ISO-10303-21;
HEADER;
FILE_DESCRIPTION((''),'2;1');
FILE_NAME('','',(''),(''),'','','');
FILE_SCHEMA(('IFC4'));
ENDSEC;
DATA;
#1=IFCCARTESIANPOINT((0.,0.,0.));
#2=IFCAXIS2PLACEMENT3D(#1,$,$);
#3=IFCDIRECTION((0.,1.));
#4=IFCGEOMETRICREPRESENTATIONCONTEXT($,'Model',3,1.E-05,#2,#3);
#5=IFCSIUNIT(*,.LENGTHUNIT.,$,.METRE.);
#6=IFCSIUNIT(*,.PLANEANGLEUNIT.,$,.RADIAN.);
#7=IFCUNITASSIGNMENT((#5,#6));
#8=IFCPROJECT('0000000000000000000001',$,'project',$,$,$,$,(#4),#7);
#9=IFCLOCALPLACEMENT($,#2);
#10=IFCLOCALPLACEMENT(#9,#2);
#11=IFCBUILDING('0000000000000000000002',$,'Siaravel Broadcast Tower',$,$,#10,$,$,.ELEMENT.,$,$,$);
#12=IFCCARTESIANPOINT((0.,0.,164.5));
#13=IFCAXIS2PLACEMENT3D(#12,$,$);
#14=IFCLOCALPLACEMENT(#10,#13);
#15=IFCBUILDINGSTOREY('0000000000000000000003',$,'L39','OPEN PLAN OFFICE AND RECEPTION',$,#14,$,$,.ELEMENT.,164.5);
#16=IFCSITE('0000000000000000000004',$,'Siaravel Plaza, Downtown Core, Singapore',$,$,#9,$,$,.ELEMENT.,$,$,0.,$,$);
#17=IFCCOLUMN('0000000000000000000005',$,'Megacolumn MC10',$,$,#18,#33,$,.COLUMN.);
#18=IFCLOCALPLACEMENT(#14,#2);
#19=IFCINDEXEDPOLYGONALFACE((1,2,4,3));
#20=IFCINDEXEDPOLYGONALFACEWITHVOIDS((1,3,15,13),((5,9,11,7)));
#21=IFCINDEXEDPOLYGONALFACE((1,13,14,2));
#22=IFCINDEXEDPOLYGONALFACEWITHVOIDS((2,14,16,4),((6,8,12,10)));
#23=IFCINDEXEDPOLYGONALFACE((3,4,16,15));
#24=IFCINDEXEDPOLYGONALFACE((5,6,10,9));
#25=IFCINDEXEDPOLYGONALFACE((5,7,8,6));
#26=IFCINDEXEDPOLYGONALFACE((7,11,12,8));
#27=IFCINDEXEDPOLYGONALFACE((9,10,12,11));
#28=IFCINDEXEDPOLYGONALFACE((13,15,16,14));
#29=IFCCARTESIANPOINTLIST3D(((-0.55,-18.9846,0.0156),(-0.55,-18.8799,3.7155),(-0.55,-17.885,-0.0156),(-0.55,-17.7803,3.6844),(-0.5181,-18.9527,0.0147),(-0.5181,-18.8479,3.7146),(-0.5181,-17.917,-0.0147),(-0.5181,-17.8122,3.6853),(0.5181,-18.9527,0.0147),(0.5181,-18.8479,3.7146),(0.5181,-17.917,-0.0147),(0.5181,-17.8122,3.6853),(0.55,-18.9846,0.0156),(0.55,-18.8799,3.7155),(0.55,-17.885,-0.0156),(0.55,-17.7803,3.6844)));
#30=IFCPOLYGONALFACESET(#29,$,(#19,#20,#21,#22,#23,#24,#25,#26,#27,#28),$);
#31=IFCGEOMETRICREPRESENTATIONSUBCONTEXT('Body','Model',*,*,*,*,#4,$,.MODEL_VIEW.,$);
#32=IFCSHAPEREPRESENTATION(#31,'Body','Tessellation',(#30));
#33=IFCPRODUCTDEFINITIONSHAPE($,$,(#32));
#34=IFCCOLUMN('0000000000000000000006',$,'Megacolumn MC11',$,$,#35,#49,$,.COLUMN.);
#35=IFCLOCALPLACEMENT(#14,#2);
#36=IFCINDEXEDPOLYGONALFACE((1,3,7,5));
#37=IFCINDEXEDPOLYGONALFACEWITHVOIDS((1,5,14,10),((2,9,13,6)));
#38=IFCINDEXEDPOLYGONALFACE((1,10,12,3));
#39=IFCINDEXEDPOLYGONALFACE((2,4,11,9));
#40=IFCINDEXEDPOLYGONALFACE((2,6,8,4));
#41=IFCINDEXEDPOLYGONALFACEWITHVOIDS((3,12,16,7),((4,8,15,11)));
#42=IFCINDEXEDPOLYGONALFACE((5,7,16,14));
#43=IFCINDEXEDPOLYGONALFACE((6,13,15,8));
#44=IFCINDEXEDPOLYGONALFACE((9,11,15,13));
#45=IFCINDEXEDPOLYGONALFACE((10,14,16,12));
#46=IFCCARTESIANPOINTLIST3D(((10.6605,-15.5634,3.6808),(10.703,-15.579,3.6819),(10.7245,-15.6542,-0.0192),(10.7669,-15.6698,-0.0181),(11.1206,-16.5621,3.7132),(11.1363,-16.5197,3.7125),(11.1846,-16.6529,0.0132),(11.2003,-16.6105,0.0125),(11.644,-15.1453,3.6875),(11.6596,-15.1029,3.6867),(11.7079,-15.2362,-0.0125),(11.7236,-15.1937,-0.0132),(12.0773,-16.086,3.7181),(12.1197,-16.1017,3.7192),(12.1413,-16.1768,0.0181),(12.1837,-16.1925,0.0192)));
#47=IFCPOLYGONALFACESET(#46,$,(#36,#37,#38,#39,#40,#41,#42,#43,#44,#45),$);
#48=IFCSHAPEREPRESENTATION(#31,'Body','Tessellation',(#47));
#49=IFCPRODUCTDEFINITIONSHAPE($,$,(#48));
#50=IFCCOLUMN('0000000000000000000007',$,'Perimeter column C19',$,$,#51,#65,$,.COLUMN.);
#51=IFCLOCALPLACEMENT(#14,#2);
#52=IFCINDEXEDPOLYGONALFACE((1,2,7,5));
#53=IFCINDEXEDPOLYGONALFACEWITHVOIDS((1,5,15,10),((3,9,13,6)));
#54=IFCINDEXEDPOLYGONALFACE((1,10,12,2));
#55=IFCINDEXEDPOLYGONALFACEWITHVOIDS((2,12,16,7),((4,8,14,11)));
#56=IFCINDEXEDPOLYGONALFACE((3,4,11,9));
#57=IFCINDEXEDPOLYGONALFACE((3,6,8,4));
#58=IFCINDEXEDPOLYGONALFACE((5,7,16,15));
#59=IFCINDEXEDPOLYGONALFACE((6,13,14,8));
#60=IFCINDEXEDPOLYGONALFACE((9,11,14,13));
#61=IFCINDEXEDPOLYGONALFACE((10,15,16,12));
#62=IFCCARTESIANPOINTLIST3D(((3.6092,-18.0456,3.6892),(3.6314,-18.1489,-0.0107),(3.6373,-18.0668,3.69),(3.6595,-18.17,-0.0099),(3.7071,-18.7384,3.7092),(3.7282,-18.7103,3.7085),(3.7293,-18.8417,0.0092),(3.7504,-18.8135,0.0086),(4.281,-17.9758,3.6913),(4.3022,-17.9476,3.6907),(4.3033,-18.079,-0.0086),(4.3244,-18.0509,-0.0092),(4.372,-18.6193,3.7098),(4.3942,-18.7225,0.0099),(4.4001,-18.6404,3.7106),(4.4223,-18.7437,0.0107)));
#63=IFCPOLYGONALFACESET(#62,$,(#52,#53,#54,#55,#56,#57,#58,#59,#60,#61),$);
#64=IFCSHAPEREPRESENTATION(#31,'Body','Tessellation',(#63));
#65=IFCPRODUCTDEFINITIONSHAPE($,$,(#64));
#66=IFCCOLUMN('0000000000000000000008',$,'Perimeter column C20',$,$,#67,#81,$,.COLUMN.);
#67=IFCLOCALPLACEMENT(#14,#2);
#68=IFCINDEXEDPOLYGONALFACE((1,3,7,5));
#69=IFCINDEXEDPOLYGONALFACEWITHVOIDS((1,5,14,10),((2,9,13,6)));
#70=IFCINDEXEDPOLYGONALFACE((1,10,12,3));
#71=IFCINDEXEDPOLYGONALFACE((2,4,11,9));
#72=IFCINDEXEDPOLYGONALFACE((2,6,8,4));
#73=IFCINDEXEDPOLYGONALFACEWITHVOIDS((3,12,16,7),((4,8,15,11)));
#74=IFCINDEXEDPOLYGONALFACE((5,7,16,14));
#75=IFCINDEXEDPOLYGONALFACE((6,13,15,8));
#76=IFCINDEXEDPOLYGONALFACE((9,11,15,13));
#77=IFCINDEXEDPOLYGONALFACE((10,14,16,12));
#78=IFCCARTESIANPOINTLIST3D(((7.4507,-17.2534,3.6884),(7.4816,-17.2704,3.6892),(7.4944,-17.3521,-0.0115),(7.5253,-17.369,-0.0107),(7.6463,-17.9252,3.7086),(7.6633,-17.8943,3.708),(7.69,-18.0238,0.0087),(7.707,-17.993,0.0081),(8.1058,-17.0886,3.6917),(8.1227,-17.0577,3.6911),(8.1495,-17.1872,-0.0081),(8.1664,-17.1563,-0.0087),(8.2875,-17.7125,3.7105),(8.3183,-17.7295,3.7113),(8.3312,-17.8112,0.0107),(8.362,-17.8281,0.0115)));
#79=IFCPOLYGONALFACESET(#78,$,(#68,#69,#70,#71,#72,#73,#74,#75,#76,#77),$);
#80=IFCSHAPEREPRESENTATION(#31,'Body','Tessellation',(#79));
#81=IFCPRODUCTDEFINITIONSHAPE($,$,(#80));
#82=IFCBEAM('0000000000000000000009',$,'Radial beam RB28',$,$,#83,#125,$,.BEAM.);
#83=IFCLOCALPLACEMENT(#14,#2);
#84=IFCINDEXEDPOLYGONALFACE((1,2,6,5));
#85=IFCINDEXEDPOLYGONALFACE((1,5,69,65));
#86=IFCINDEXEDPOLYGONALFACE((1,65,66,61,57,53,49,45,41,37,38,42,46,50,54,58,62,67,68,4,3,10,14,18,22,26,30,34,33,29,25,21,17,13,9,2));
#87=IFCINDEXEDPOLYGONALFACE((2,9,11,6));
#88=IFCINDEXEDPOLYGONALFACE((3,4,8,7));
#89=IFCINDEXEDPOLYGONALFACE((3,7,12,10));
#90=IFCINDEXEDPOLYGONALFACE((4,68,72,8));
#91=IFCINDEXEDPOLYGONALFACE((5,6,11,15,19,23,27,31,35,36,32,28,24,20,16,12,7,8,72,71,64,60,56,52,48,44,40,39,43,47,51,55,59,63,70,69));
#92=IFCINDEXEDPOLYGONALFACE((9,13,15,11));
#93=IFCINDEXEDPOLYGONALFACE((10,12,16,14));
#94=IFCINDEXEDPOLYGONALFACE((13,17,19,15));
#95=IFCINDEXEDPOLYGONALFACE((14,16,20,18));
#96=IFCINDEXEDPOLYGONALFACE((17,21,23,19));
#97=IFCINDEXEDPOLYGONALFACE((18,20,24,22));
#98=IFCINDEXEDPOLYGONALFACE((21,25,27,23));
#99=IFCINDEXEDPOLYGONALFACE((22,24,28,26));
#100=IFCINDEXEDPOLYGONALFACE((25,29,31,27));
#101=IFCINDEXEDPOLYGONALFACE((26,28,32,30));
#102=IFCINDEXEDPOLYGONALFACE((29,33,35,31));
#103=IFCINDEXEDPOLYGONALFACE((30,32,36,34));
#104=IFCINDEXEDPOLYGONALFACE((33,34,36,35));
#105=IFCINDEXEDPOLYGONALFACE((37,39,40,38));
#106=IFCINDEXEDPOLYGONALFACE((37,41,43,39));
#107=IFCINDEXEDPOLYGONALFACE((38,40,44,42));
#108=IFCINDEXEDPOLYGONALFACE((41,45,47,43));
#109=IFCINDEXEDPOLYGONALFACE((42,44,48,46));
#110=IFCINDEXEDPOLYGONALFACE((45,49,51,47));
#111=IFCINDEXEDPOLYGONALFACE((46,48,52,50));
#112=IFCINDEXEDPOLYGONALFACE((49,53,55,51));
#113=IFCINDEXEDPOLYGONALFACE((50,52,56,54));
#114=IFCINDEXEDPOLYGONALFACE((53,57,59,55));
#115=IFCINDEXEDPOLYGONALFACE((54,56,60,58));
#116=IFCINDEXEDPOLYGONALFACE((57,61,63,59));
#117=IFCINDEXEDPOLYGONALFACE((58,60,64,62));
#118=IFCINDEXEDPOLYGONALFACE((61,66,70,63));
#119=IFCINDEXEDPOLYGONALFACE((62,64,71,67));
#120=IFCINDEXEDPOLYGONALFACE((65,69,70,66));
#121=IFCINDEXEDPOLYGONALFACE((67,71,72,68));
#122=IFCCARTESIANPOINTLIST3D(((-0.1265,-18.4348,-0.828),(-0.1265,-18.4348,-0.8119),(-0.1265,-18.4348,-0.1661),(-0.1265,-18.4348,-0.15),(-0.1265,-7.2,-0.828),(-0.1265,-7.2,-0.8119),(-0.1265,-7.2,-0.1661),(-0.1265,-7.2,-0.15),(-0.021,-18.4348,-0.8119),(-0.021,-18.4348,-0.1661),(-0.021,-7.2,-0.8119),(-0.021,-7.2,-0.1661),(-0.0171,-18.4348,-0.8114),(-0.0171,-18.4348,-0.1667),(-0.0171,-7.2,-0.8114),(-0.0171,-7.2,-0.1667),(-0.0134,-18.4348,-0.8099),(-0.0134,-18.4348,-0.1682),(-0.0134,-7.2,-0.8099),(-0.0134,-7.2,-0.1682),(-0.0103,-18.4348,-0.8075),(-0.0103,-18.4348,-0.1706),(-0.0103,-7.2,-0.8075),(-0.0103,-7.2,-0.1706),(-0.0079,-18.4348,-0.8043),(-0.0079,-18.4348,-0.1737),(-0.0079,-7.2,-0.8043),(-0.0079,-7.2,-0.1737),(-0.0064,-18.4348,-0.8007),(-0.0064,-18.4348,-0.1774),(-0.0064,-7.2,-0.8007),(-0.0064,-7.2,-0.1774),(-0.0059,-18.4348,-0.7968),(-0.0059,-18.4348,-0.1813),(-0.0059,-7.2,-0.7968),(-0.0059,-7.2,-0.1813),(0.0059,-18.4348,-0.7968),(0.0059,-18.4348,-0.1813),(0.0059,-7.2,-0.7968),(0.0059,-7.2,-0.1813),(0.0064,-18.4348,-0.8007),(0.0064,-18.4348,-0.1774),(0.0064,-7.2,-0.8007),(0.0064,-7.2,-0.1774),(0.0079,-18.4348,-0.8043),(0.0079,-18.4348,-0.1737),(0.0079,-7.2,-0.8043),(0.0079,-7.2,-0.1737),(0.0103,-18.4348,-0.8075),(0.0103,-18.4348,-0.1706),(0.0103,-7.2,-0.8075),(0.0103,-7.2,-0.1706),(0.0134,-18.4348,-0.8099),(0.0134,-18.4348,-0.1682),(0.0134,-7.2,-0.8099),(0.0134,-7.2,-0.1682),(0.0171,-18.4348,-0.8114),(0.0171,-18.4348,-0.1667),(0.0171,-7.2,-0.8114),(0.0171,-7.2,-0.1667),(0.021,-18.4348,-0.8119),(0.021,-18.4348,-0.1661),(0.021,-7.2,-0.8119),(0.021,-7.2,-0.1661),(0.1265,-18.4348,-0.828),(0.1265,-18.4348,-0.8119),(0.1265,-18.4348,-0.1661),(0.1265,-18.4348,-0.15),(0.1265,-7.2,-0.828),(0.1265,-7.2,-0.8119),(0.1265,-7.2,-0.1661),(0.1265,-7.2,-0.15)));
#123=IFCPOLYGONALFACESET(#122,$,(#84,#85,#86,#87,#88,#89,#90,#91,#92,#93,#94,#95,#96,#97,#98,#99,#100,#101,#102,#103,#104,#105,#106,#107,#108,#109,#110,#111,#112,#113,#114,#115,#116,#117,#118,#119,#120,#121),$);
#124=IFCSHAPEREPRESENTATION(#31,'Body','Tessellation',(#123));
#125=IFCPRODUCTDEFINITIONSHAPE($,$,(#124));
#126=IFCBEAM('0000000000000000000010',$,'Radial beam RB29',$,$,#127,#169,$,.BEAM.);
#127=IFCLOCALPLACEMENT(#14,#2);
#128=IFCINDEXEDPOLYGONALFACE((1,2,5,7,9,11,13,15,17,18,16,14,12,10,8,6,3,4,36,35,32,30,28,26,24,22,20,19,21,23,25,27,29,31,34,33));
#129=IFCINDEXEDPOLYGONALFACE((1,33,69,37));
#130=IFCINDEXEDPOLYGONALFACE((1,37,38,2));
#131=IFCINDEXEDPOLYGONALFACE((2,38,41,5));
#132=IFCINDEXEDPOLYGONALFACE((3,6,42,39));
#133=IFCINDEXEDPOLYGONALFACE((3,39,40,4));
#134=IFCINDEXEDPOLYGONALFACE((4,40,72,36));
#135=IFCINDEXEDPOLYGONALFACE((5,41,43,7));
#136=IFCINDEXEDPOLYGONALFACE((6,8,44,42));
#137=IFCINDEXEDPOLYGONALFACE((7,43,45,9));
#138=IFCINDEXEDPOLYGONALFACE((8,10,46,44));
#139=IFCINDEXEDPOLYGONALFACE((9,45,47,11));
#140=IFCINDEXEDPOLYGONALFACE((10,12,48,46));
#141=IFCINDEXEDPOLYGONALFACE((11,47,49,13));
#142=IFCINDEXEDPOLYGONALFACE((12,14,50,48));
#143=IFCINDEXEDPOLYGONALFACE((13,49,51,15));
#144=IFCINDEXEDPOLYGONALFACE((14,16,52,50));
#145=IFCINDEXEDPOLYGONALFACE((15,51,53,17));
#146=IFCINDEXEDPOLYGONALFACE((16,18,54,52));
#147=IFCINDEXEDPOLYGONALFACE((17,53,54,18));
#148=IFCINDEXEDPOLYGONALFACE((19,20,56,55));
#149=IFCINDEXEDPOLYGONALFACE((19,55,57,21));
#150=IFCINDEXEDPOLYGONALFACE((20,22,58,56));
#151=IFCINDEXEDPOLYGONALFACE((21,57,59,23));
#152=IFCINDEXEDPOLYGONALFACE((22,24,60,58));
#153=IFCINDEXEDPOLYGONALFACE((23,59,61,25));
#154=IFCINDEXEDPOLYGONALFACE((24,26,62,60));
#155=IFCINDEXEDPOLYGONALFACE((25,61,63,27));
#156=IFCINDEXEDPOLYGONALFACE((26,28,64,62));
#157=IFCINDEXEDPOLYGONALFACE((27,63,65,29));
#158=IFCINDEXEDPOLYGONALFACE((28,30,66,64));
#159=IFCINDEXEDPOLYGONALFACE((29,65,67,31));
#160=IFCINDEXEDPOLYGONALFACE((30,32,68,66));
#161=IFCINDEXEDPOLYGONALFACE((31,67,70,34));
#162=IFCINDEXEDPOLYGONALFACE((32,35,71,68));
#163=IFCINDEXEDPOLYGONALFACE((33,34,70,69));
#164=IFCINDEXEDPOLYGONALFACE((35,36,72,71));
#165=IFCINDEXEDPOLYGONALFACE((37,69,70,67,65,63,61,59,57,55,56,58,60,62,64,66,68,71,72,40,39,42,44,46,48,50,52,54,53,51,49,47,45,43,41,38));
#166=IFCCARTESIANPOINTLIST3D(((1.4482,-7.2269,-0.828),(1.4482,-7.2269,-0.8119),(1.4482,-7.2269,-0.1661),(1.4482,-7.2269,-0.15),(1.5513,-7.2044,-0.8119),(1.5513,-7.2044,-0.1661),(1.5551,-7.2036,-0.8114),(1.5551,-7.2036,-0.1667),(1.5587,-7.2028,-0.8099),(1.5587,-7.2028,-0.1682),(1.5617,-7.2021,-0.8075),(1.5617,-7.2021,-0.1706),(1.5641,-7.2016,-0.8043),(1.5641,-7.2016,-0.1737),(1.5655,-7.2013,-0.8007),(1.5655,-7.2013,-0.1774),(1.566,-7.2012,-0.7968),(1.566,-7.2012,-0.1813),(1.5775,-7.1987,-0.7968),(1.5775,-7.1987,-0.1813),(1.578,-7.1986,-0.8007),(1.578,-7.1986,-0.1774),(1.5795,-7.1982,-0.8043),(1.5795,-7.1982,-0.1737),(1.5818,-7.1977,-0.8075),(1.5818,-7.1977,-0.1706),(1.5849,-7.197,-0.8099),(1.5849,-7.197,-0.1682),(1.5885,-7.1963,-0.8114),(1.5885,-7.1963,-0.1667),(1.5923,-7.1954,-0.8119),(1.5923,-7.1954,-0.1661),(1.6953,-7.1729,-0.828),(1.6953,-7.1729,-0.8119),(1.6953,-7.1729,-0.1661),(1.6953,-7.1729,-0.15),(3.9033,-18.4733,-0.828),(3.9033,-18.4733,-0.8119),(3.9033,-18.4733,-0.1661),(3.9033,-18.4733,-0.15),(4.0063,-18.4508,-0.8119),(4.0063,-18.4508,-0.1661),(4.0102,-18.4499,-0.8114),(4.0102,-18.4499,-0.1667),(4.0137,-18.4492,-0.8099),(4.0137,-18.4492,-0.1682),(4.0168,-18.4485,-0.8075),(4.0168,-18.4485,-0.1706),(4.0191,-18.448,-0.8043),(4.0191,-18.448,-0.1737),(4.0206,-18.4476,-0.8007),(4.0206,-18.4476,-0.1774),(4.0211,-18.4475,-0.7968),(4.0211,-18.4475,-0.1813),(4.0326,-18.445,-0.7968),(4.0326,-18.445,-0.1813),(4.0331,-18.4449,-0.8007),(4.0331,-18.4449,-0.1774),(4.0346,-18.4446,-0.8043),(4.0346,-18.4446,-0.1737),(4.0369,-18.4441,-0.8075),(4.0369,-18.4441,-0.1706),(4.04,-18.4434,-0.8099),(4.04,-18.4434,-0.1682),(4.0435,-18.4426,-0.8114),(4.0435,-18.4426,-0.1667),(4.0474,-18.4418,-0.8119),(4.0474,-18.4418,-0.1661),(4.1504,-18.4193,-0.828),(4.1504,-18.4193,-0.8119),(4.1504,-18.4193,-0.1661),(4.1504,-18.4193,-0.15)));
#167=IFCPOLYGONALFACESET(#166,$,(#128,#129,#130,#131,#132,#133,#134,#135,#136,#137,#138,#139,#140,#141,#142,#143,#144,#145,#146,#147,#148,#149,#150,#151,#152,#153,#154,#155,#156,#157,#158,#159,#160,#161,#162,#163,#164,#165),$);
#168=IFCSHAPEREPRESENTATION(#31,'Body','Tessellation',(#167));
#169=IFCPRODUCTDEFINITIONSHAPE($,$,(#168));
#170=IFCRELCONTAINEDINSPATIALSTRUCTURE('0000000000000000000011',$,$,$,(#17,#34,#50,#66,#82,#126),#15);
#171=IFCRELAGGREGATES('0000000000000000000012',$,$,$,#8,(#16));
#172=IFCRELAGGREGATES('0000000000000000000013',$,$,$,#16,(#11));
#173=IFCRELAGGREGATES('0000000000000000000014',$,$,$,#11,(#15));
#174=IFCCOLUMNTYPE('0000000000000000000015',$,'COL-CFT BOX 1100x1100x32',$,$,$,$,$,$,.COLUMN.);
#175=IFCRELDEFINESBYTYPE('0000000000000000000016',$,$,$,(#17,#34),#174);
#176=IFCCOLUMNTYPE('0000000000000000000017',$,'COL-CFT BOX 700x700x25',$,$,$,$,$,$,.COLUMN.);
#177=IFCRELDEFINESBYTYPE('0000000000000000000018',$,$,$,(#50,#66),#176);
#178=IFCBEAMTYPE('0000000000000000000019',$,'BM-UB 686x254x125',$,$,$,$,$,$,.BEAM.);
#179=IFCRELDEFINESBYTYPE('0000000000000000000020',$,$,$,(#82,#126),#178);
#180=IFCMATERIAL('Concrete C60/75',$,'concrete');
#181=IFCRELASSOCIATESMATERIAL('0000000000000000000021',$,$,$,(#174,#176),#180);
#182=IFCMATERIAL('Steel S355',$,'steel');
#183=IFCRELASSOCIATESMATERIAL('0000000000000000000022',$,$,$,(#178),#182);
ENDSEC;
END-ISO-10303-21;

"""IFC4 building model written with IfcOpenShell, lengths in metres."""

from ifc_helpers import new_model, si_unit, direction, frame, origin, origin_2d, place, context, subcontext, project, spatial, hollow_rectangle, i_section, extrude, material, material_profile, profile_set, type_object, element, save


model = new_model("IFC4")

# Units and contexts
model_context = context("Model", 3, precision=1e-05, world=origin(), true_north=direction((0.0, 1.0)))
body_context = subcontext(model_context, "Body", "Model", "MODEL_VIEW")
ifc_project = project(units=[si_unit("LENGTHUNIT", "METRE"), si_unit("PLANEANGLEUNIT", "RADIAN")], contexts=[model_context])

# Site, building, storey
site_placement = place(None, origin())
site = spatial("IfcSite", under=ifc_project, at=site_placement, Name="Siaravel Plaza, Downtown Core, Singapore", CompositionType="ELEMENT", RefElevation=0.0)
building_placement = place(site_placement, origin())
building = spatial("IfcBuilding", under=site, at=building_placement, Name="Siaravel Broadcast Tower", CompositionType="ELEMENT")
storey_placement = place(building_placement, frame((0.0, 0.0, 164.5)))
storey = spatial("IfcBuildingStorey", under=building, at=storey_placement, Name="L39", Description="OPEN PLAN OFFICE AND RECEPTION", CompositionType="ELEMENT", Elevation=164.5)

# Columns
ifc_material_1 = material(Name="Concrete C60/75", Category="concrete")
ifc_material_profile_1 = material_profile(ifc_material_1, hollow_rectangle(XDim=1.1001, YDim=1.1001, WallThickness=0.032, at=origin_2d()))
ifc_profile_set_1 = profile_set([ifc_material_profile_1], Name="Concrete C60/75")
column_type_1 = type_object("IfcColumnType", Name="COL-CFT BOX 1100x1100x32", PredefinedType="COLUMN", material=ifc_profile_set_1)
column_1_placement = place(storey_placement, frame((0.0, -18.4348, 0.0), z_axis=(0.0, 0.028296, 0.9996), x_axis=(-1.0, 0.0, 0.0)))
element("IfcColumn", 1, at=column_1_placement, inside=storey, type_object=column_type_1, Name="Megacolumn MC10", PredefinedType="COLUMN", context=body_context, shape_type="SweptSolid", body=[
    extrude(hollow_rectangle(XDim=1.1001, YDim=1.1001, WallThickness=0.032, at=origin_2d()), origin(), (0.0, 0.0, 1.0), 3.7014),
])
column_2_placement = place(storey_placement, frame((11.4541, -15.9233, 0.0), z_axis=(-0.01728, 0.024535, 0.99955), x_axis=(-0.908176, -0.418553, -0.005427)))
element("IfcColumn", 2, at=column_2_placement, inside=storey, type_object=column_type_1, Name="Megacolumn MC11", PredefinedType="COLUMN", context=body_context, shape_type="SweptSolid", body=[
    extrude(hollow_rectangle(XDim=1.1001, YDim=1.1001, WallThickness=0.032, at=origin_2d()), origin(), (0.0, 0.0, 1.0), 3.7017),
])
ifc_material_profile_2 = material_profile(ifc_material_1, hollow_rectangle(XDim=0.7, YDim=0.7, WallThickness=0.0249, at=origin_2d()))
ifc_profile_set_2 = profile_set([ifc_material_profile_2], Name="Concrete C60/75")
column_type_2 = type_object("IfcColumnType", Name="COL-CFT BOX 700x700x25", PredefinedType="COLUMN", material=ifc_profile_set_2)
for number, where, z_axis, x_axis, name in (
    (3, (4.0269, -18.4463, 0.0), (-0.006002, 0.0279, 0.999593), (-0.990152, -0.139979, -0.002038), "Perimeter column C19"),
    (4, (7.9282, -17.5901, 0.0), (-0.011806, 0.026647, 0.999575), (-0.960097, -0.279641, -0.003885), "Perimeter column C20"),
):
    element("IfcColumn", number, at=place(storey_placement, frame(where, z_axis=z_axis, x_axis=x_axis)), inside=storey, type_object=column_type_2, Name=name, PredefinedType="COLUMN", context=body_context, shape_type="SweptSolid", body=[
        extrude(hollow_rectangle(XDim=0.7, YDim=0.7, WallThickness=0.0249, at=origin_2d()), origin(), (0.0, 0.0, 1.0), 3.7014),
    ])

# Beams
ifc_material_2 = material(Name="Steel S355", Category="steel")
ifc_material_profile_3 = material_profile(ifc_material_2, i_section(OverallWidth=0.2529, OverallDepth=0.678, WebThickness=0.0117, FlangeThickness=0.0161, FilletRadius=0.0151, at=origin_2d()))
ifc_profile_set_3 = profile_set([ifc_material_profile_3], Name="Steel S355")
beam_type = type_object("IfcBeamType", Name="BM-UB 686x254x125", PredefinedType="BEAM", material=ifc_profile_set_3)
beam_1_placement = place(storey_placement, frame((0.0, -18.4348, -0.489), z_axis=(0.0, 1.0, 0.0), x_axis=(-1.0, 0.0, 0.0)))
element("IfcBeam", 5, at=beam_1_placement, inside=storey, type_object=beam_type, Name="Radial beam RB28", PredefinedType="BEAM", context=body_context, shape_type="SweptSolid", body=[
    extrude(i_section(OverallWidth=0.2529, OverallDepth=0.678, WebThickness=0.0117, FlangeThickness=0.0161, FilletRadius=0.0151, at=origin_2d()), origin(), (0.0, 0.0, 1.0), 11.2349),
])
beam_2_placement = place(storey_placement, frame((4.0269, -18.4463, -0.489), z_axis=(-0.213278, 0.976992, 0.0), x_axis=(-0.976992, -0.213278, 0.0)))
element("IfcBeam", 6, at=beam_2_placement, inside=storey, type_object=beam_type, Name="Radial beam RB29", PredefinedType="BEAM", context=body_context, shape_type="SweptSolid", body=[
    extrude(i_section(OverallWidth=0.2529, OverallDepth=0.678, WebThickness=0.0117, FlangeThickness=0.0161, FilletRadius=0.0151, at=origin_2d()), origin(), (0.0, 0.0, 1.0), 11.5112),
])

save(model, "model.ifc")
